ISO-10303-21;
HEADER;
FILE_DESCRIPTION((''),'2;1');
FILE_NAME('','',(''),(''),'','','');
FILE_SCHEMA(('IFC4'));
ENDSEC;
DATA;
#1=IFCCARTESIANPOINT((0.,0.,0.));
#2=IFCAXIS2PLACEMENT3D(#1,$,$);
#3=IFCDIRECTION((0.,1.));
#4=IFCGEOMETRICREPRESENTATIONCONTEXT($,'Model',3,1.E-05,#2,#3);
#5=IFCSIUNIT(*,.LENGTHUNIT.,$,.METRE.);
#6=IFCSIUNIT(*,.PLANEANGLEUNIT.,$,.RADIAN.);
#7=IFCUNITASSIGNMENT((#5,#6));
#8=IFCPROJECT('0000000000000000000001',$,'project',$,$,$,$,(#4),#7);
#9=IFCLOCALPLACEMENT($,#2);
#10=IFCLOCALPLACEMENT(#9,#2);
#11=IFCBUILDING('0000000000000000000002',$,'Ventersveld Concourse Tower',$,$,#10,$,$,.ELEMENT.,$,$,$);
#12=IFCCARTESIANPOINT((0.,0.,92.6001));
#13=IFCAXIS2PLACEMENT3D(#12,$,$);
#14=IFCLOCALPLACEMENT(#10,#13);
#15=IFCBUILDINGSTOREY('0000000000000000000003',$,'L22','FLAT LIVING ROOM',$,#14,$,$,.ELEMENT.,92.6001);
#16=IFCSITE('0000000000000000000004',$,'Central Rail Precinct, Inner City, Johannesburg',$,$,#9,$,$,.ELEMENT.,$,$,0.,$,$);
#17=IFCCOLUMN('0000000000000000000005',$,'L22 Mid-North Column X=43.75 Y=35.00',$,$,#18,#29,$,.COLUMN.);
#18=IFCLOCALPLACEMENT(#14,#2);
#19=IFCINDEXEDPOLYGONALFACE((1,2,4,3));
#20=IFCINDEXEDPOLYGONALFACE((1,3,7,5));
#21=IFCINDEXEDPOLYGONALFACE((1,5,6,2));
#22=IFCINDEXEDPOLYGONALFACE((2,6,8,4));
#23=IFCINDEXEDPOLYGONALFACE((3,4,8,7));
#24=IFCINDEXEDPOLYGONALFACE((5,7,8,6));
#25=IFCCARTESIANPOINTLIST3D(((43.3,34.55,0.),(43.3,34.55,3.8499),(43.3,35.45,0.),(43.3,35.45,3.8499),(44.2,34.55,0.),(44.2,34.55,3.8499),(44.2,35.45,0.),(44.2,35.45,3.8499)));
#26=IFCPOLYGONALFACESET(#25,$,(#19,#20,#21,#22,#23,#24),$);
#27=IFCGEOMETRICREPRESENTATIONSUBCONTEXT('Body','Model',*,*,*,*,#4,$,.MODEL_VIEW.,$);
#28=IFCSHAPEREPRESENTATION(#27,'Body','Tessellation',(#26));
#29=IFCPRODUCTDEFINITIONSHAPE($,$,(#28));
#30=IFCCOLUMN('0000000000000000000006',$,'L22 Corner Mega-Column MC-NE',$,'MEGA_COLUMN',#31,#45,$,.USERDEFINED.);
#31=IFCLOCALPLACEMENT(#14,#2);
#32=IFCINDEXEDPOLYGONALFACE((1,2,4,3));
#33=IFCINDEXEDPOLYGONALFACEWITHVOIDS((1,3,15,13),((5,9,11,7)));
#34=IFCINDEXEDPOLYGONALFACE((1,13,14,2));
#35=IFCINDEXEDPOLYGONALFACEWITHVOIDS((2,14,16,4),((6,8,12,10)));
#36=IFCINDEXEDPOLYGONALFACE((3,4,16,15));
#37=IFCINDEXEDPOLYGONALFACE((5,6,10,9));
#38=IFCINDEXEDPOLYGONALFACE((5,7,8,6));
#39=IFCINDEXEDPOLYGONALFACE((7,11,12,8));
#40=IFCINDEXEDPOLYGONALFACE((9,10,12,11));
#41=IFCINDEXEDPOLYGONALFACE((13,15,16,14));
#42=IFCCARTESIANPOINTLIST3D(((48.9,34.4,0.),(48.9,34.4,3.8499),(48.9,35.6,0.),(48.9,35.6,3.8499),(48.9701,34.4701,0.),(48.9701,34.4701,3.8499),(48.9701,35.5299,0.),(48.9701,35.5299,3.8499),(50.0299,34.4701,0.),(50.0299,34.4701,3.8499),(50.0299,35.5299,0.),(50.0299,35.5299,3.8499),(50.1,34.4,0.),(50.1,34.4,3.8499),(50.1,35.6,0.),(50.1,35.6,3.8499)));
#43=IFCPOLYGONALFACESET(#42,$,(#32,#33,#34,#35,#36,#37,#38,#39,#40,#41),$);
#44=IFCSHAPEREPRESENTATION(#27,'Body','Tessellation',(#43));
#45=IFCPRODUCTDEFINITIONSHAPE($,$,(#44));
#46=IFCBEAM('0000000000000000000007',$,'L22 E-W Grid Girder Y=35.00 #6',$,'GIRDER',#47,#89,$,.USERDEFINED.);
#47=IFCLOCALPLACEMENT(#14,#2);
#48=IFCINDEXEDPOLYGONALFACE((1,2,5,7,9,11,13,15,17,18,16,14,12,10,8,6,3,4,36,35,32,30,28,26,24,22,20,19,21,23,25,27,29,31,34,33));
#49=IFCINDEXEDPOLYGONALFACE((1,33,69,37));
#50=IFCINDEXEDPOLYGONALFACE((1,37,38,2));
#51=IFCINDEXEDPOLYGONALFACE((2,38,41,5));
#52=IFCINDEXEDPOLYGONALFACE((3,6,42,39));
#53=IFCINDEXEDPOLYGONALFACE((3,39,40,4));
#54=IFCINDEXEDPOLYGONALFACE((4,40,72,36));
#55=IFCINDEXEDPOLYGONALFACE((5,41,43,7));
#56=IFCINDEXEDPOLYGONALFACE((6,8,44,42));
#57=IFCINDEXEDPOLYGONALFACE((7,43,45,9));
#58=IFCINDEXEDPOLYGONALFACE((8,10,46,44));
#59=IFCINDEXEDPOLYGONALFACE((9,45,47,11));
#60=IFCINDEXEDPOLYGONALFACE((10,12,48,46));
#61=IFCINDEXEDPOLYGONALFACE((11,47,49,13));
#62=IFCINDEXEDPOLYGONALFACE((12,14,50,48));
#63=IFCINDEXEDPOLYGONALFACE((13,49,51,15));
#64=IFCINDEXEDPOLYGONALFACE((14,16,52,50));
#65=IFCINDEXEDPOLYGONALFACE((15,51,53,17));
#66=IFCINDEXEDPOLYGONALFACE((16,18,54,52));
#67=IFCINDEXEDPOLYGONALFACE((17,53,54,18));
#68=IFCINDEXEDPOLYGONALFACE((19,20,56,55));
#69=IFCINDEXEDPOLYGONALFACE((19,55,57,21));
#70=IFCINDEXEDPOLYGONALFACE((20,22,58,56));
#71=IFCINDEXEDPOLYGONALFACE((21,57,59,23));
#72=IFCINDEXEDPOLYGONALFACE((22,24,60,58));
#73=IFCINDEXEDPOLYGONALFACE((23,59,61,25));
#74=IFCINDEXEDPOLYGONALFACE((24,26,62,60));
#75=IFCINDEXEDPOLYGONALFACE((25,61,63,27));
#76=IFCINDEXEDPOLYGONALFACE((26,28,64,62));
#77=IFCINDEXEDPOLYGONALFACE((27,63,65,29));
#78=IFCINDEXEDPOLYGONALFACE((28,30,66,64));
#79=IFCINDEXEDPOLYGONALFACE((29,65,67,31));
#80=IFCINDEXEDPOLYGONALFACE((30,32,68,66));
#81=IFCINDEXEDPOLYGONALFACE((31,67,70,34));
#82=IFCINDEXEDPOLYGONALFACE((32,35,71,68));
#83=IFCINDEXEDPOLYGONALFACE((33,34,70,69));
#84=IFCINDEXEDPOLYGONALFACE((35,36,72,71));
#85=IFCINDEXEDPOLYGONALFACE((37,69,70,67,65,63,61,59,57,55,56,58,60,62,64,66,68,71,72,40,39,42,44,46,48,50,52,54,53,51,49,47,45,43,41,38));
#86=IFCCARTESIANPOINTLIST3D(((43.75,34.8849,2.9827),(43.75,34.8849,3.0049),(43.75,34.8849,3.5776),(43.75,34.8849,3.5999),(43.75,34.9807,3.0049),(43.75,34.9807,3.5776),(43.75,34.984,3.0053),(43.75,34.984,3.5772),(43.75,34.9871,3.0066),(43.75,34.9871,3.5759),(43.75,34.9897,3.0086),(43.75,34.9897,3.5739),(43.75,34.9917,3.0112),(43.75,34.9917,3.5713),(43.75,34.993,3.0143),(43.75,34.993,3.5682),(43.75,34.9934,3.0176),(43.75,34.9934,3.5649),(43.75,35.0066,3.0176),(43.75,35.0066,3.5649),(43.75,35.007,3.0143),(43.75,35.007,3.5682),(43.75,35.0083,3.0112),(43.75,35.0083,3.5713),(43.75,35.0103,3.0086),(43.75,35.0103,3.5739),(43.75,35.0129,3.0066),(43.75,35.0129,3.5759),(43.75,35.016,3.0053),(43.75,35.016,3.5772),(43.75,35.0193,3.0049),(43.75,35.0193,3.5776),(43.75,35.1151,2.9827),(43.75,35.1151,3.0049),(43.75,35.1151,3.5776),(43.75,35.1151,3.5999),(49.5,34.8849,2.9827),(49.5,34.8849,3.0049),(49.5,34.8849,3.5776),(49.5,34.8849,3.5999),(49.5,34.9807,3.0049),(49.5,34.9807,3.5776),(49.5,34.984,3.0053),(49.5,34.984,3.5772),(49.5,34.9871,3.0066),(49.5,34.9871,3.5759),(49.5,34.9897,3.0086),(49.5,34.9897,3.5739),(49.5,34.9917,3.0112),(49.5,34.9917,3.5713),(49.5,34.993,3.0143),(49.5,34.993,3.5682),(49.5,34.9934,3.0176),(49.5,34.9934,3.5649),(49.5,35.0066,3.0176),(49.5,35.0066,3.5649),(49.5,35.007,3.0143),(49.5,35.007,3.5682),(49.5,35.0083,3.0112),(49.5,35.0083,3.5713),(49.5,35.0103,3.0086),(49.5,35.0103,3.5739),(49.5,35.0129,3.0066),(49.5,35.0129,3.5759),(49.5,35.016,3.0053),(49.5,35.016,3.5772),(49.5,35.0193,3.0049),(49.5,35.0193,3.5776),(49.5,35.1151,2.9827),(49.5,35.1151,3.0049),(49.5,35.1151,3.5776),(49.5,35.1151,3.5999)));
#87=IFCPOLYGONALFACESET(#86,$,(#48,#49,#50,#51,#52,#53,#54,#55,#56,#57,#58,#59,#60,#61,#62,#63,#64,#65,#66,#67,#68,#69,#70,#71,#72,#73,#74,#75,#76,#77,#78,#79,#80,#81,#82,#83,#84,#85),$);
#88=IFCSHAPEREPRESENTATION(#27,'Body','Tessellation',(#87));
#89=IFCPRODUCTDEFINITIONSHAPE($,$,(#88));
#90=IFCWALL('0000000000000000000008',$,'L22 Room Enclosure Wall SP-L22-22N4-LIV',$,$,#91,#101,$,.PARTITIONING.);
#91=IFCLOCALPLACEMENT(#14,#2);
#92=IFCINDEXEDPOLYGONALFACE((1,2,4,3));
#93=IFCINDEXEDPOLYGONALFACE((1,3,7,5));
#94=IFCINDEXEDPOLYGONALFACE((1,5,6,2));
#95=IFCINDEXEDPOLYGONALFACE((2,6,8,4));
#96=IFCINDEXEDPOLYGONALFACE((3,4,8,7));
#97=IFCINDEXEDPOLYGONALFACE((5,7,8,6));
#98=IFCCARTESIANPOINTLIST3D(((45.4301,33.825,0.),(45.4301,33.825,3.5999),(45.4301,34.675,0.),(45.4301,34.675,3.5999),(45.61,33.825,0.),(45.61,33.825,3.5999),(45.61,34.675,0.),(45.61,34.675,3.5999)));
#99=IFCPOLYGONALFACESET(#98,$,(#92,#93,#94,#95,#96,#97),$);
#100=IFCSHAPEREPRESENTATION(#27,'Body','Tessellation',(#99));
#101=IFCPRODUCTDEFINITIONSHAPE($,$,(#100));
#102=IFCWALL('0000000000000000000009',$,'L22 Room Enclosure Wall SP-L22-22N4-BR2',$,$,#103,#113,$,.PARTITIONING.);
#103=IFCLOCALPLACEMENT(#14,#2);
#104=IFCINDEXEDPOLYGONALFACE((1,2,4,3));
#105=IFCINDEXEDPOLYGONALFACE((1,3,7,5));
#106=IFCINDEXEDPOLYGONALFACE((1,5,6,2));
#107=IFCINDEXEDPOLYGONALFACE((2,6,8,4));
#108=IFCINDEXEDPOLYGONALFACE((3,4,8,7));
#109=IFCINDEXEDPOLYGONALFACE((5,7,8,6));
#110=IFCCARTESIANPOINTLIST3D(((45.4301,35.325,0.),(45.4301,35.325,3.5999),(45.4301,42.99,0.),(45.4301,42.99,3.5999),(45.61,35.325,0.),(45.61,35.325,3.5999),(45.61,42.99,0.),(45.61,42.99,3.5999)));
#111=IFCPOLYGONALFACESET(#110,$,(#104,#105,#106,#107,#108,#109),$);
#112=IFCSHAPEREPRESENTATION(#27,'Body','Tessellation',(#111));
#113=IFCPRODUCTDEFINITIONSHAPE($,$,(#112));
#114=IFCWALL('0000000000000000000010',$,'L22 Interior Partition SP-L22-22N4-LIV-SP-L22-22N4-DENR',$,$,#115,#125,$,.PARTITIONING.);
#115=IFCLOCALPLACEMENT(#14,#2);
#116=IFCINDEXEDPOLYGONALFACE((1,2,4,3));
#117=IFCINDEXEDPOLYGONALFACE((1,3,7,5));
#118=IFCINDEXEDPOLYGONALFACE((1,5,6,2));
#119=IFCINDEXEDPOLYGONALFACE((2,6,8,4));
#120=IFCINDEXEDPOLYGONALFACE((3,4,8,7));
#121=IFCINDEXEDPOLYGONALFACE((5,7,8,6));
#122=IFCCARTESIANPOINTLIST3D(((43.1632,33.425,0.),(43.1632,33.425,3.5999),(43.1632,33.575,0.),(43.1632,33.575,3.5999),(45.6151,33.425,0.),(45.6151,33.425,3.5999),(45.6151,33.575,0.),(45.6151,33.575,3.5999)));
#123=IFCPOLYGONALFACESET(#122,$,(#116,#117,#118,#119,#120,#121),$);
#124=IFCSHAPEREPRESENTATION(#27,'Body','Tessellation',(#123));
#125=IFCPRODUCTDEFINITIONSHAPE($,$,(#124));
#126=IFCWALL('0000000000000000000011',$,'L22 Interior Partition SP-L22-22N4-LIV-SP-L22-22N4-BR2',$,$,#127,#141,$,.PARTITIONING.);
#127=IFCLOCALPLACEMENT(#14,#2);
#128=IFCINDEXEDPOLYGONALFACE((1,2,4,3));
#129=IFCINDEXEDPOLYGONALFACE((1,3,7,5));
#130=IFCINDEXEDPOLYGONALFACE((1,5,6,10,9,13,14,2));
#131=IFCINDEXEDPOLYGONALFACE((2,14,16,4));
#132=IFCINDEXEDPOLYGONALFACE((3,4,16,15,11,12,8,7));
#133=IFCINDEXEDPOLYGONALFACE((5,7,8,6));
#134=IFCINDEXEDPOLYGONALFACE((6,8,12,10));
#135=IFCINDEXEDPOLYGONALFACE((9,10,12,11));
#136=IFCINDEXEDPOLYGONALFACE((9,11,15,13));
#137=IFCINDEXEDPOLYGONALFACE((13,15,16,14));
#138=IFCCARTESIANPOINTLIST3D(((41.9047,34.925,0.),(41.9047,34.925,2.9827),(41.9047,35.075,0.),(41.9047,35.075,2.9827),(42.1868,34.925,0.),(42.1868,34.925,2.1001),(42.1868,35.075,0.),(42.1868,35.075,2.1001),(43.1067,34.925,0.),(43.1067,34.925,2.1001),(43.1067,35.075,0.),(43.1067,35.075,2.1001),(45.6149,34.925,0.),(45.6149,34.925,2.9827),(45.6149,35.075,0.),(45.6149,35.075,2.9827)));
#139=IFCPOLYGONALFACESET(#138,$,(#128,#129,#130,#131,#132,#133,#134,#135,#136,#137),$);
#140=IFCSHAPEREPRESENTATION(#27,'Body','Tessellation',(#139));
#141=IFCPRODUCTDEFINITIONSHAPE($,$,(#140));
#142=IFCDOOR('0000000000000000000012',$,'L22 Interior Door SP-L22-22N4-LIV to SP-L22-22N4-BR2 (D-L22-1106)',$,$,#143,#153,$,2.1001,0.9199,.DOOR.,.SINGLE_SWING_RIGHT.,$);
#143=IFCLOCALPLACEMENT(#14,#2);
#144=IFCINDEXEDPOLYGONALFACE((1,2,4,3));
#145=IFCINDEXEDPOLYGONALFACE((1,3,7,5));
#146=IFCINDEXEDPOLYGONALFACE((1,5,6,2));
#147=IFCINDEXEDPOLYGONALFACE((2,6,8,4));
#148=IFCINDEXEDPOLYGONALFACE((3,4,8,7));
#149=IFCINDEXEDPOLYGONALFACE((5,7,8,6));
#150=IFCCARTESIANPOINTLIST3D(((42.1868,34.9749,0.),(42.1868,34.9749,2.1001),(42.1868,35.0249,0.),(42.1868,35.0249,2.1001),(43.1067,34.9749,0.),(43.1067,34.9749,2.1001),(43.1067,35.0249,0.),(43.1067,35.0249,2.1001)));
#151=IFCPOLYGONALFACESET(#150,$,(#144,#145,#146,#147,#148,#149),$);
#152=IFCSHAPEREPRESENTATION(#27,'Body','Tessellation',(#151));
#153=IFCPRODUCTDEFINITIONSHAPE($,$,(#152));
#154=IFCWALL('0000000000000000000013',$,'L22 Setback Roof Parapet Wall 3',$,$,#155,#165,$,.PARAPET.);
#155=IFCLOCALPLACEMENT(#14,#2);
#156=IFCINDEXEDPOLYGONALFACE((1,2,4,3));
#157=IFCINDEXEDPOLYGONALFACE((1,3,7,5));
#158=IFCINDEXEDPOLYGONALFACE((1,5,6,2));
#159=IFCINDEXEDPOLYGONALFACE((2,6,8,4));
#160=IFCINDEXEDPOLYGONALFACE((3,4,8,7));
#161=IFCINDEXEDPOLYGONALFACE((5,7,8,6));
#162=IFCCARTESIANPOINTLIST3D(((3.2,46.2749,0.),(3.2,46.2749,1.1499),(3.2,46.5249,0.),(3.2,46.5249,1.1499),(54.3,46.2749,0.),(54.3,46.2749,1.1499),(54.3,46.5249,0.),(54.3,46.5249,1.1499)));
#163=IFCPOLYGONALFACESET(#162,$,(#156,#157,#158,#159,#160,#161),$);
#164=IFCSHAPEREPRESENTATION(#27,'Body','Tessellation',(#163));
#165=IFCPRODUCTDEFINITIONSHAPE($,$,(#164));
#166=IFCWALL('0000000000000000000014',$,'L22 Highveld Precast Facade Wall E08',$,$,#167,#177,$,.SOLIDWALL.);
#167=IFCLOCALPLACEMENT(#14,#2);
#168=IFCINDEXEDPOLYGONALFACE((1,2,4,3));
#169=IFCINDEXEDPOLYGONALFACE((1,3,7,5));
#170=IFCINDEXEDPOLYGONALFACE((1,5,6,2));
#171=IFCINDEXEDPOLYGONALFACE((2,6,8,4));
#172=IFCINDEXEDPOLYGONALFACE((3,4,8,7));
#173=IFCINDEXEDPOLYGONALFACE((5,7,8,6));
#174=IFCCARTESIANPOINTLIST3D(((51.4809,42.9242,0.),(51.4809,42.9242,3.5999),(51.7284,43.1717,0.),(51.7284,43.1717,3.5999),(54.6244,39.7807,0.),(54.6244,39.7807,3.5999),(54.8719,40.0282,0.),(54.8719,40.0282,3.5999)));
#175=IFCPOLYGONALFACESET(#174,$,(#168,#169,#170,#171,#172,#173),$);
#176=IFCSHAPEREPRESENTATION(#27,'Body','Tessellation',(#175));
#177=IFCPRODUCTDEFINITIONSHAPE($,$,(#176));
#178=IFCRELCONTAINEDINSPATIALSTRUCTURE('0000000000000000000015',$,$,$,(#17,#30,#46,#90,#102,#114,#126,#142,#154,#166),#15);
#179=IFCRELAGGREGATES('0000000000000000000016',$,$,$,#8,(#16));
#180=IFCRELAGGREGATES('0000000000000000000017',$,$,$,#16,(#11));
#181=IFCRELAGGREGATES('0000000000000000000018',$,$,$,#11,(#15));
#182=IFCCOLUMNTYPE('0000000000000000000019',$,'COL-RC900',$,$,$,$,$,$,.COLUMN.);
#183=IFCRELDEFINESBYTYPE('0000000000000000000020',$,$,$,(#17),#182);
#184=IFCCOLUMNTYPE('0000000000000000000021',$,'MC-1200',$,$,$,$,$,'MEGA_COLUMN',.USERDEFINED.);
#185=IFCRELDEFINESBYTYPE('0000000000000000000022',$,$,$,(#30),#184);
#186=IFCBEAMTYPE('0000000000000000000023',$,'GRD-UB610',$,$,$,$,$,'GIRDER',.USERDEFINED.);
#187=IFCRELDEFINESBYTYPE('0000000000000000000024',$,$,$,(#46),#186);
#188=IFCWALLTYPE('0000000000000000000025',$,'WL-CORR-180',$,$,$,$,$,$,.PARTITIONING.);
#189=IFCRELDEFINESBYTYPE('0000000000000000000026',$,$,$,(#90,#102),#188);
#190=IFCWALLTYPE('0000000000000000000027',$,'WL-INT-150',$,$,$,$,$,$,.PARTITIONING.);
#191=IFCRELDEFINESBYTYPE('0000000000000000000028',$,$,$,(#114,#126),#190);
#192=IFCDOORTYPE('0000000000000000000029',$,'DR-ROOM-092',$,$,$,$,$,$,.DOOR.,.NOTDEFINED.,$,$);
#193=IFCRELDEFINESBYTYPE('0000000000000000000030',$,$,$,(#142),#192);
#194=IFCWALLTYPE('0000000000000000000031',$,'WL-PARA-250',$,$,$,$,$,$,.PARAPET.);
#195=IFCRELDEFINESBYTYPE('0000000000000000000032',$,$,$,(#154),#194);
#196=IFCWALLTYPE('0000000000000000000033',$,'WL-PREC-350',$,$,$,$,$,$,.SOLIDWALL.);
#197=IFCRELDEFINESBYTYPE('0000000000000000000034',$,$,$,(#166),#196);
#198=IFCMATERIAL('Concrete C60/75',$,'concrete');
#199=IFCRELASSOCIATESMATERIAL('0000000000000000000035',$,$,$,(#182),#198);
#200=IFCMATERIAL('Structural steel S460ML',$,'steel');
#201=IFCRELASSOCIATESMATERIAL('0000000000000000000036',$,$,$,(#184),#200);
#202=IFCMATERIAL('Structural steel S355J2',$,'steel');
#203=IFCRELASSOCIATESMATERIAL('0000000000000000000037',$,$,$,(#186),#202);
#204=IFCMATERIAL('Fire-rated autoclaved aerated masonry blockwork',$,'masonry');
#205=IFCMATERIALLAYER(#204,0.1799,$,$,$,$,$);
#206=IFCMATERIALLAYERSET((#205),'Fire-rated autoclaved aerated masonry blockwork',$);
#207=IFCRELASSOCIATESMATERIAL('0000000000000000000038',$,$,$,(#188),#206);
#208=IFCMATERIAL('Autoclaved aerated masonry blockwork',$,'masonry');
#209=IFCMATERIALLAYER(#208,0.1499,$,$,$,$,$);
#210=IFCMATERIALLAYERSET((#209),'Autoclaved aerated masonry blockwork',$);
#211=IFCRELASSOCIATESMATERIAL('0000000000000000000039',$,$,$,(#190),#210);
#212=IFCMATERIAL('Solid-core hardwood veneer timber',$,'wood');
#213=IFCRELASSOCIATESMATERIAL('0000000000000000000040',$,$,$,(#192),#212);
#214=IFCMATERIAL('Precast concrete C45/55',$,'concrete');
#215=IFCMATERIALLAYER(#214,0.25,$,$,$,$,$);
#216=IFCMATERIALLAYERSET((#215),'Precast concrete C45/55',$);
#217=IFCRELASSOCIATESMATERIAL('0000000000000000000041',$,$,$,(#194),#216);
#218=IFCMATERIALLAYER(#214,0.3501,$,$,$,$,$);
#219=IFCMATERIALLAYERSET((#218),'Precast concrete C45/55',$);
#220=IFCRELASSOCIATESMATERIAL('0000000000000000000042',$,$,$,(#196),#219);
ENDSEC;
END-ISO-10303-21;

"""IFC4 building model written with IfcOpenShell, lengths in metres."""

from ifc_helpers import new_model, si_unit, direction, frame, frame_2d, origin, origin_2d, place, context, subcontext, project, spatial, rectangle, hollow_rectangle, i_section, extrude, material, layer, layer_set, material_profile, profile_set, type_object, element, fill, save


model = new_model("IFC4")

# Units and contexts
model_context = context("Model", 3, precision=1e-05, world=origin(), true_north=direction((0.0, 1.0)))
body_context = subcontext(model_context, "Body", "Model", "MODEL_VIEW")
ifc_project = project(units=[si_unit("LENGTHUNIT", "METRE"), si_unit("PLANEANGLEUNIT", "RADIAN")], contexts=[model_context])

# Site, building, storey
site_placement = place(None, origin())
site = spatial("IfcSite", under=ifc_project, at=site_placement, Name="Central Rail Precinct, Inner City, Johannesburg", CompositionType="ELEMENT", RefElevation=0.0)
building_placement = place(site_placement, origin())
building = spatial("IfcBuilding", under=site, at=building_placement, Name="Ventersveld Concourse Tower", CompositionType="ELEMENT")
storey_placement = place(building_placement, frame((0.0, 0.0, 92.6001)))
storey = spatial("IfcBuildingStorey", under=building, at=storey_placement, Name="L22", Description="FLAT LIVING ROOM", CompositionType="ELEMENT", Elevation=92.6001)

# Columns
ifc_material_1 = material(Name="Concrete C60/75", Category="concrete")
ifc_material_profile_1 = material_profile(ifc_material_1, rectangle(XDim=0.8999, YDim=0.8999, at=origin_2d()), Name="RC 900x900")
ifc_profile_set_1 = profile_set([ifc_material_profile_1], Name="Concrete C60/75")
column_type_1 = type_object("IfcColumnType", Name="COL-RC900", PredefinedType="COLUMN", material=ifc_profile_set_1)
column_1_placement = place(storey_placement, frame((43.75, 35.0, 0.0), z_axis=(0.0, 0.0, 1.0), x_axis=(1.0, 0.0, 0.0)))
element("IfcColumn", 1, at=column_1_placement, inside=storey, type_object=column_type_1, Name="L22 Mid-North Column X=43.75 Y=35.00", PredefinedType="COLUMN", context=body_context, shape_type="SweptSolid", body=[
    extrude(rectangle(XDim=0.8999, YDim=0.8999, at=origin_2d()), origin(), (0.0, 0.0, 1.0), 3.8499),
])
ifc_material_2 = material(Name="Structural steel S460ML", Category="steel")
ifc_material_profile_2 = material_profile(ifc_material_2, hollow_rectangle(XDim=1.2, YDim=1.2, WallThickness=0.0701, at=origin_2d()), Name="BOX 1200x1200x70")
ifc_profile_set_2 = profile_set([ifc_material_profile_2], Name="Structural steel S460ML")
column_type_2 = type_object("IfcColumnType", Name="MC-1200", ElementType="MEGA_COLUMN", PredefinedType="USERDEFINED", material=ifc_profile_set_2)
column_2_placement = place(storey_placement, frame((49.5, 35.0, 0.0), z_axis=(0.0, 0.0, 1.0), x_axis=(1.0, 0.0, 0.0)))
element("IfcColumn", 2, at=column_2_placement, inside=storey, type_object=column_type_2, Name="L22 Corner Mega-Column MC-NE", ObjectType="MEGA_COLUMN", PredefinedType="USERDEFINED", context=body_context, shape_type="SweptSolid", body=[
    extrude(hollow_rectangle(XDim=1.2, YDim=1.2, WallThickness=0.0701, at=origin_2d()), origin(), (0.0, 0.0, 1.0), 3.8499),
])

# Beam
ifc_material_3 = material(Name="Structural steel S355J2", Category="steel")
ifc_material_profile_3 = material_profile(ifc_material_3, i_section(OverallWidth=0.2302, OverallDepth=0.6172, WebThickness=0.0132, FlangeThickness=0.0222, FilletRadius=0.0127, at=origin_2d()), Name="UB 610x229x140")
ifc_profile_set_3 = profile_set([ifc_material_profile_3], Name="Structural steel S355J2")
beam_type = type_object("IfcBeamType", Name="GRD-UB610", ElementType="GIRDER", PredefinedType="USERDEFINED", material=ifc_profile_set_3)
beam_placement = place(storey_placement, frame((43.75, 35.0, 3.2913), z_axis=(1.0, 0.0, 0.0), x_axis=(0.0, 1.0, 0.0)))
element("IfcBeam", 3, at=beam_placement, inside=storey, type_object=beam_type, Name="L22 E-W Grid Girder Y=35.00 #6", ObjectType="GIRDER", PredefinedType="USERDEFINED", context=body_context, shape_type="SweptSolid", body=[
    extrude(i_section(OverallWidth=0.2302, OverallDepth=0.6172, WebThickness=0.0132, FlangeThickness=0.0222, FilletRadius=0.0127, at=origin_2d()), origin(), (0.0, 0.0, 1.0), 5.75),
])

# Walls
ifc_material_4 = material(Name="Fire-rated autoclaved aerated masonry blockwork", Category="masonry")
ifc_layer_1 = layer(ifc_material_4, 0.1799)
ifc_layer_set_1 = layer_set([ifc_layer_1], Name="Fire-rated autoclaved aerated masonry blockwork")
wall_type_1 = type_object("IfcWallType", Name="WL-CORR-180", PredefinedType="PARTITIONING", material=ifc_layer_set_1)
wall_1_placement = place(storey_placement, frame((45.52, 34.675, 0.0), z_axis=(0.0, 0.0, 1.0), x_axis=(0.0, -1.0, 0.0)))
element("IfcWall", 4, at=wall_1_placement, inside=storey, type_object=wall_type_1, Name="L22 Room Enclosure Wall SP-L22-22N4-LIV", PredefinedType="PARTITIONING", context=body_context, shape_type="SweptSolid", body=[
    extrude(rectangle(XDim=0.8501, YDim=0.1799, at=frame_2d((0.425, 0.0))), origin(), (0.0, 0.0, 1.0), 3.5999),
])
wall_2_placement = place(storey_placement, frame((45.52, 42.99, 0.0), z_axis=(0.0, 0.0, 1.0), x_axis=(0.0, -1.0, 0.0)))
element("IfcWall", 5, at=wall_2_placement, inside=storey, type_object=wall_type_1, Name="L22 Room Enclosure Wall SP-L22-22N4-BR2", PredefinedType="PARTITIONING", context=body_context, shape_type="SweptSolid", body=[
    extrude(rectangle(XDim=7.665, YDim=0.1799, at=frame_2d((3.8325, 0.0))), origin(), (0.0, 0.0, 1.0), 3.5999),
])
ifc_material_5 = material(Name="Autoclaved aerated masonry blockwork", Category="masonry")
ifc_layer_2 = layer(ifc_material_5, 0.1499)
ifc_layer_set_2 = layer_set([ifc_layer_2], Name="Autoclaved aerated masonry blockwork")
wall_type_2 = type_object("IfcWallType", Name="WL-INT-150", PredefinedType="PARTITIONING", material=ifc_layer_set_2)
wall_3_placement = place(storey_placement, frame((43.1631, 33.5, 0.0), z_axis=(0.0, 0.0, 1.0), x_axis=(1.0, 0.0, 0.0)))
element("IfcWall", 6, at=wall_3_placement, inside=storey, type_object=wall_type_2, Name="L22 Interior Partition SP-L22-22N4-LIV-SP-L22-22N4-DENR", PredefinedType="PARTITIONING", context=body_context, shape_type="SweptSolid", body=[
    extrude(rectangle(XDim=2.4519, YDim=0.1499, at=frame_2d((1.2261, 0.0))), origin(), (0.0, 0.0, 1.0), 3.5999),
])

# Wall, opening, door
wall_4_placement = place(storey_placement, frame((41.9048, 35.0, 0.0), z_axis=(0.0, 0.0, 1.0), x_axis=(1.0, 0.0, 0.0)))
wall_4 = element("IfcWall", 7, at=wall_4_placement, inside=storey, type_object=wall_type_2, Name="L22 Interior Partition SP-L22-22N4-LIV-SP-L22-22N4-BR2", PredefinedType="PARTITIONING", context=body_context, shape_type="SweptSolid", body=[
    extrude(rectangle(XDim=3.7102, YDim=0.1499, at=frame_2d((1.855, 0.0))), origin(), (0.0, 0.0, 1.0), 2.9827),
])
opening_1_placement = place(wall_4_placement, frame((0.282, 0.0, 0.0)))
opening_1 = element("IfcOpeningElement", 8, at=opening_1_placement, cuts=wall_4, PredefinedType="OPENING", context=body_context, shape_type="SweptSolid", body=[
    extrude(rectangle(XDim=0.9199, YDim=2.1001, at=frame_2d((0.46, 1.05))), frame((0.0, 0.085, 0.0), z_axis=(0.0, -1.0, 0.0), x_axis=(1.0, 0.0, 0.0)), (0.0, 0.0, 1.0), 0.1699),
])
ifc_material_6 = material(Name="Solid-core hardwood veneer timber", Category="wood")
door_type = type_object("IfcDoorType", Name="DR-ROOM-092", OperationType="NOTDEFINED", PredefinedType="DOOR", material=ifc_material_6)
door_placement = place(opening_1_placement, origin())
door = element("IfcDoor", 9, at=door_placement, inside=storey, type_object=door_type, Name="L22 Interior Door SP-L22-22N4-LIV to SP-L22-22N4-BR2 (D-L22-1106)", OperationType="SINGLE_SWING_RIGHT", OverallHeight=2.1001, OverallWidth=0.9199, PredefinedType="DOOR", context=body_context, shape_type="SweptSolid", body=[
    extrude(rectangle(XDim=0.9199, YDim=2.1001, at=frame_2d((0.46, 1.05))), frame((0.0, 0.0249, 0.0), z_axis=(0.0, -1.0, 0.0), x_axis=(1.0, 0.0, 0.0)), (0.0, 0.0, 1.0), 0.05),
])
fill(opening_1, door)

# Walls
ifc_material_7 = material(Name="Precast concrete C45/55", Category="concrete")
ifc_layer_3 = layer(ifc_material_7, 0.25)
ifc_layer_set_3 = layer_set([ifc_layer_3], Name="Precast concrete C45/55")
wall_type_3 = type_object("IfcWallType", Name="WL-PARA-250", PredefinedType="PARAPET", material=ifc_layer_set_3)
wall_5_placement = place(storey_placement, frame((54.3, 46.3999, 0.0), z_axis=(0.0, 0.0, 1.0), x_axis=(-1.0, 0.0, 0.0)))
element("IfcWall", 10, at=wall_5_placement, inside=storey, type_object=wall_type_3, Name="L22 Setback Roof Parapet Wall 3", PredefinedType="PARAPET", context=body_context, shape_type="SweptSolid", body=[
    extrude(rectangle(XDim=51.1001, YDim=0.25, at=frame_2d((25.55, 0.0))), origin(), (0.0, 0.0, 1.0), 1.1499),
])
ifc_layer_4 = layer(ifc_material_7, 0.3501)
ifc_layer_set_4 = layer_set([ifc_layer_4], Name="Precast concrete C45/55")
wall_type_4 = type_object("IfcWallType", Name="WL-PREC-350", PredefinedType="SOLIDWALL", material=ifc_layer_set_4)
wall_6_placement = place(storey_placement, frame((54.748, 39.9045, 0.0), z_axis=(0.0, 0.0, 1.0), x_axis=(-0.707107, 0.707107, 0.0)))
element("IfcWall", 11, at=wall_6_placement, inside=storey, type_object=wall_type_4, Name="L22 Highveld Precast Facade Wall E08", PredefinedType="SOLIDWALL", context=body_context, shape_type="SweptSolid", body=[
    extrude(rectangle(XDim=4.4456, YDim=0.3501, at=frame_2d((2.2227, 0.0))), origin(), (0.0, 0.0, 1.0), 3.5999),
])

save(model, "model.ifc")
